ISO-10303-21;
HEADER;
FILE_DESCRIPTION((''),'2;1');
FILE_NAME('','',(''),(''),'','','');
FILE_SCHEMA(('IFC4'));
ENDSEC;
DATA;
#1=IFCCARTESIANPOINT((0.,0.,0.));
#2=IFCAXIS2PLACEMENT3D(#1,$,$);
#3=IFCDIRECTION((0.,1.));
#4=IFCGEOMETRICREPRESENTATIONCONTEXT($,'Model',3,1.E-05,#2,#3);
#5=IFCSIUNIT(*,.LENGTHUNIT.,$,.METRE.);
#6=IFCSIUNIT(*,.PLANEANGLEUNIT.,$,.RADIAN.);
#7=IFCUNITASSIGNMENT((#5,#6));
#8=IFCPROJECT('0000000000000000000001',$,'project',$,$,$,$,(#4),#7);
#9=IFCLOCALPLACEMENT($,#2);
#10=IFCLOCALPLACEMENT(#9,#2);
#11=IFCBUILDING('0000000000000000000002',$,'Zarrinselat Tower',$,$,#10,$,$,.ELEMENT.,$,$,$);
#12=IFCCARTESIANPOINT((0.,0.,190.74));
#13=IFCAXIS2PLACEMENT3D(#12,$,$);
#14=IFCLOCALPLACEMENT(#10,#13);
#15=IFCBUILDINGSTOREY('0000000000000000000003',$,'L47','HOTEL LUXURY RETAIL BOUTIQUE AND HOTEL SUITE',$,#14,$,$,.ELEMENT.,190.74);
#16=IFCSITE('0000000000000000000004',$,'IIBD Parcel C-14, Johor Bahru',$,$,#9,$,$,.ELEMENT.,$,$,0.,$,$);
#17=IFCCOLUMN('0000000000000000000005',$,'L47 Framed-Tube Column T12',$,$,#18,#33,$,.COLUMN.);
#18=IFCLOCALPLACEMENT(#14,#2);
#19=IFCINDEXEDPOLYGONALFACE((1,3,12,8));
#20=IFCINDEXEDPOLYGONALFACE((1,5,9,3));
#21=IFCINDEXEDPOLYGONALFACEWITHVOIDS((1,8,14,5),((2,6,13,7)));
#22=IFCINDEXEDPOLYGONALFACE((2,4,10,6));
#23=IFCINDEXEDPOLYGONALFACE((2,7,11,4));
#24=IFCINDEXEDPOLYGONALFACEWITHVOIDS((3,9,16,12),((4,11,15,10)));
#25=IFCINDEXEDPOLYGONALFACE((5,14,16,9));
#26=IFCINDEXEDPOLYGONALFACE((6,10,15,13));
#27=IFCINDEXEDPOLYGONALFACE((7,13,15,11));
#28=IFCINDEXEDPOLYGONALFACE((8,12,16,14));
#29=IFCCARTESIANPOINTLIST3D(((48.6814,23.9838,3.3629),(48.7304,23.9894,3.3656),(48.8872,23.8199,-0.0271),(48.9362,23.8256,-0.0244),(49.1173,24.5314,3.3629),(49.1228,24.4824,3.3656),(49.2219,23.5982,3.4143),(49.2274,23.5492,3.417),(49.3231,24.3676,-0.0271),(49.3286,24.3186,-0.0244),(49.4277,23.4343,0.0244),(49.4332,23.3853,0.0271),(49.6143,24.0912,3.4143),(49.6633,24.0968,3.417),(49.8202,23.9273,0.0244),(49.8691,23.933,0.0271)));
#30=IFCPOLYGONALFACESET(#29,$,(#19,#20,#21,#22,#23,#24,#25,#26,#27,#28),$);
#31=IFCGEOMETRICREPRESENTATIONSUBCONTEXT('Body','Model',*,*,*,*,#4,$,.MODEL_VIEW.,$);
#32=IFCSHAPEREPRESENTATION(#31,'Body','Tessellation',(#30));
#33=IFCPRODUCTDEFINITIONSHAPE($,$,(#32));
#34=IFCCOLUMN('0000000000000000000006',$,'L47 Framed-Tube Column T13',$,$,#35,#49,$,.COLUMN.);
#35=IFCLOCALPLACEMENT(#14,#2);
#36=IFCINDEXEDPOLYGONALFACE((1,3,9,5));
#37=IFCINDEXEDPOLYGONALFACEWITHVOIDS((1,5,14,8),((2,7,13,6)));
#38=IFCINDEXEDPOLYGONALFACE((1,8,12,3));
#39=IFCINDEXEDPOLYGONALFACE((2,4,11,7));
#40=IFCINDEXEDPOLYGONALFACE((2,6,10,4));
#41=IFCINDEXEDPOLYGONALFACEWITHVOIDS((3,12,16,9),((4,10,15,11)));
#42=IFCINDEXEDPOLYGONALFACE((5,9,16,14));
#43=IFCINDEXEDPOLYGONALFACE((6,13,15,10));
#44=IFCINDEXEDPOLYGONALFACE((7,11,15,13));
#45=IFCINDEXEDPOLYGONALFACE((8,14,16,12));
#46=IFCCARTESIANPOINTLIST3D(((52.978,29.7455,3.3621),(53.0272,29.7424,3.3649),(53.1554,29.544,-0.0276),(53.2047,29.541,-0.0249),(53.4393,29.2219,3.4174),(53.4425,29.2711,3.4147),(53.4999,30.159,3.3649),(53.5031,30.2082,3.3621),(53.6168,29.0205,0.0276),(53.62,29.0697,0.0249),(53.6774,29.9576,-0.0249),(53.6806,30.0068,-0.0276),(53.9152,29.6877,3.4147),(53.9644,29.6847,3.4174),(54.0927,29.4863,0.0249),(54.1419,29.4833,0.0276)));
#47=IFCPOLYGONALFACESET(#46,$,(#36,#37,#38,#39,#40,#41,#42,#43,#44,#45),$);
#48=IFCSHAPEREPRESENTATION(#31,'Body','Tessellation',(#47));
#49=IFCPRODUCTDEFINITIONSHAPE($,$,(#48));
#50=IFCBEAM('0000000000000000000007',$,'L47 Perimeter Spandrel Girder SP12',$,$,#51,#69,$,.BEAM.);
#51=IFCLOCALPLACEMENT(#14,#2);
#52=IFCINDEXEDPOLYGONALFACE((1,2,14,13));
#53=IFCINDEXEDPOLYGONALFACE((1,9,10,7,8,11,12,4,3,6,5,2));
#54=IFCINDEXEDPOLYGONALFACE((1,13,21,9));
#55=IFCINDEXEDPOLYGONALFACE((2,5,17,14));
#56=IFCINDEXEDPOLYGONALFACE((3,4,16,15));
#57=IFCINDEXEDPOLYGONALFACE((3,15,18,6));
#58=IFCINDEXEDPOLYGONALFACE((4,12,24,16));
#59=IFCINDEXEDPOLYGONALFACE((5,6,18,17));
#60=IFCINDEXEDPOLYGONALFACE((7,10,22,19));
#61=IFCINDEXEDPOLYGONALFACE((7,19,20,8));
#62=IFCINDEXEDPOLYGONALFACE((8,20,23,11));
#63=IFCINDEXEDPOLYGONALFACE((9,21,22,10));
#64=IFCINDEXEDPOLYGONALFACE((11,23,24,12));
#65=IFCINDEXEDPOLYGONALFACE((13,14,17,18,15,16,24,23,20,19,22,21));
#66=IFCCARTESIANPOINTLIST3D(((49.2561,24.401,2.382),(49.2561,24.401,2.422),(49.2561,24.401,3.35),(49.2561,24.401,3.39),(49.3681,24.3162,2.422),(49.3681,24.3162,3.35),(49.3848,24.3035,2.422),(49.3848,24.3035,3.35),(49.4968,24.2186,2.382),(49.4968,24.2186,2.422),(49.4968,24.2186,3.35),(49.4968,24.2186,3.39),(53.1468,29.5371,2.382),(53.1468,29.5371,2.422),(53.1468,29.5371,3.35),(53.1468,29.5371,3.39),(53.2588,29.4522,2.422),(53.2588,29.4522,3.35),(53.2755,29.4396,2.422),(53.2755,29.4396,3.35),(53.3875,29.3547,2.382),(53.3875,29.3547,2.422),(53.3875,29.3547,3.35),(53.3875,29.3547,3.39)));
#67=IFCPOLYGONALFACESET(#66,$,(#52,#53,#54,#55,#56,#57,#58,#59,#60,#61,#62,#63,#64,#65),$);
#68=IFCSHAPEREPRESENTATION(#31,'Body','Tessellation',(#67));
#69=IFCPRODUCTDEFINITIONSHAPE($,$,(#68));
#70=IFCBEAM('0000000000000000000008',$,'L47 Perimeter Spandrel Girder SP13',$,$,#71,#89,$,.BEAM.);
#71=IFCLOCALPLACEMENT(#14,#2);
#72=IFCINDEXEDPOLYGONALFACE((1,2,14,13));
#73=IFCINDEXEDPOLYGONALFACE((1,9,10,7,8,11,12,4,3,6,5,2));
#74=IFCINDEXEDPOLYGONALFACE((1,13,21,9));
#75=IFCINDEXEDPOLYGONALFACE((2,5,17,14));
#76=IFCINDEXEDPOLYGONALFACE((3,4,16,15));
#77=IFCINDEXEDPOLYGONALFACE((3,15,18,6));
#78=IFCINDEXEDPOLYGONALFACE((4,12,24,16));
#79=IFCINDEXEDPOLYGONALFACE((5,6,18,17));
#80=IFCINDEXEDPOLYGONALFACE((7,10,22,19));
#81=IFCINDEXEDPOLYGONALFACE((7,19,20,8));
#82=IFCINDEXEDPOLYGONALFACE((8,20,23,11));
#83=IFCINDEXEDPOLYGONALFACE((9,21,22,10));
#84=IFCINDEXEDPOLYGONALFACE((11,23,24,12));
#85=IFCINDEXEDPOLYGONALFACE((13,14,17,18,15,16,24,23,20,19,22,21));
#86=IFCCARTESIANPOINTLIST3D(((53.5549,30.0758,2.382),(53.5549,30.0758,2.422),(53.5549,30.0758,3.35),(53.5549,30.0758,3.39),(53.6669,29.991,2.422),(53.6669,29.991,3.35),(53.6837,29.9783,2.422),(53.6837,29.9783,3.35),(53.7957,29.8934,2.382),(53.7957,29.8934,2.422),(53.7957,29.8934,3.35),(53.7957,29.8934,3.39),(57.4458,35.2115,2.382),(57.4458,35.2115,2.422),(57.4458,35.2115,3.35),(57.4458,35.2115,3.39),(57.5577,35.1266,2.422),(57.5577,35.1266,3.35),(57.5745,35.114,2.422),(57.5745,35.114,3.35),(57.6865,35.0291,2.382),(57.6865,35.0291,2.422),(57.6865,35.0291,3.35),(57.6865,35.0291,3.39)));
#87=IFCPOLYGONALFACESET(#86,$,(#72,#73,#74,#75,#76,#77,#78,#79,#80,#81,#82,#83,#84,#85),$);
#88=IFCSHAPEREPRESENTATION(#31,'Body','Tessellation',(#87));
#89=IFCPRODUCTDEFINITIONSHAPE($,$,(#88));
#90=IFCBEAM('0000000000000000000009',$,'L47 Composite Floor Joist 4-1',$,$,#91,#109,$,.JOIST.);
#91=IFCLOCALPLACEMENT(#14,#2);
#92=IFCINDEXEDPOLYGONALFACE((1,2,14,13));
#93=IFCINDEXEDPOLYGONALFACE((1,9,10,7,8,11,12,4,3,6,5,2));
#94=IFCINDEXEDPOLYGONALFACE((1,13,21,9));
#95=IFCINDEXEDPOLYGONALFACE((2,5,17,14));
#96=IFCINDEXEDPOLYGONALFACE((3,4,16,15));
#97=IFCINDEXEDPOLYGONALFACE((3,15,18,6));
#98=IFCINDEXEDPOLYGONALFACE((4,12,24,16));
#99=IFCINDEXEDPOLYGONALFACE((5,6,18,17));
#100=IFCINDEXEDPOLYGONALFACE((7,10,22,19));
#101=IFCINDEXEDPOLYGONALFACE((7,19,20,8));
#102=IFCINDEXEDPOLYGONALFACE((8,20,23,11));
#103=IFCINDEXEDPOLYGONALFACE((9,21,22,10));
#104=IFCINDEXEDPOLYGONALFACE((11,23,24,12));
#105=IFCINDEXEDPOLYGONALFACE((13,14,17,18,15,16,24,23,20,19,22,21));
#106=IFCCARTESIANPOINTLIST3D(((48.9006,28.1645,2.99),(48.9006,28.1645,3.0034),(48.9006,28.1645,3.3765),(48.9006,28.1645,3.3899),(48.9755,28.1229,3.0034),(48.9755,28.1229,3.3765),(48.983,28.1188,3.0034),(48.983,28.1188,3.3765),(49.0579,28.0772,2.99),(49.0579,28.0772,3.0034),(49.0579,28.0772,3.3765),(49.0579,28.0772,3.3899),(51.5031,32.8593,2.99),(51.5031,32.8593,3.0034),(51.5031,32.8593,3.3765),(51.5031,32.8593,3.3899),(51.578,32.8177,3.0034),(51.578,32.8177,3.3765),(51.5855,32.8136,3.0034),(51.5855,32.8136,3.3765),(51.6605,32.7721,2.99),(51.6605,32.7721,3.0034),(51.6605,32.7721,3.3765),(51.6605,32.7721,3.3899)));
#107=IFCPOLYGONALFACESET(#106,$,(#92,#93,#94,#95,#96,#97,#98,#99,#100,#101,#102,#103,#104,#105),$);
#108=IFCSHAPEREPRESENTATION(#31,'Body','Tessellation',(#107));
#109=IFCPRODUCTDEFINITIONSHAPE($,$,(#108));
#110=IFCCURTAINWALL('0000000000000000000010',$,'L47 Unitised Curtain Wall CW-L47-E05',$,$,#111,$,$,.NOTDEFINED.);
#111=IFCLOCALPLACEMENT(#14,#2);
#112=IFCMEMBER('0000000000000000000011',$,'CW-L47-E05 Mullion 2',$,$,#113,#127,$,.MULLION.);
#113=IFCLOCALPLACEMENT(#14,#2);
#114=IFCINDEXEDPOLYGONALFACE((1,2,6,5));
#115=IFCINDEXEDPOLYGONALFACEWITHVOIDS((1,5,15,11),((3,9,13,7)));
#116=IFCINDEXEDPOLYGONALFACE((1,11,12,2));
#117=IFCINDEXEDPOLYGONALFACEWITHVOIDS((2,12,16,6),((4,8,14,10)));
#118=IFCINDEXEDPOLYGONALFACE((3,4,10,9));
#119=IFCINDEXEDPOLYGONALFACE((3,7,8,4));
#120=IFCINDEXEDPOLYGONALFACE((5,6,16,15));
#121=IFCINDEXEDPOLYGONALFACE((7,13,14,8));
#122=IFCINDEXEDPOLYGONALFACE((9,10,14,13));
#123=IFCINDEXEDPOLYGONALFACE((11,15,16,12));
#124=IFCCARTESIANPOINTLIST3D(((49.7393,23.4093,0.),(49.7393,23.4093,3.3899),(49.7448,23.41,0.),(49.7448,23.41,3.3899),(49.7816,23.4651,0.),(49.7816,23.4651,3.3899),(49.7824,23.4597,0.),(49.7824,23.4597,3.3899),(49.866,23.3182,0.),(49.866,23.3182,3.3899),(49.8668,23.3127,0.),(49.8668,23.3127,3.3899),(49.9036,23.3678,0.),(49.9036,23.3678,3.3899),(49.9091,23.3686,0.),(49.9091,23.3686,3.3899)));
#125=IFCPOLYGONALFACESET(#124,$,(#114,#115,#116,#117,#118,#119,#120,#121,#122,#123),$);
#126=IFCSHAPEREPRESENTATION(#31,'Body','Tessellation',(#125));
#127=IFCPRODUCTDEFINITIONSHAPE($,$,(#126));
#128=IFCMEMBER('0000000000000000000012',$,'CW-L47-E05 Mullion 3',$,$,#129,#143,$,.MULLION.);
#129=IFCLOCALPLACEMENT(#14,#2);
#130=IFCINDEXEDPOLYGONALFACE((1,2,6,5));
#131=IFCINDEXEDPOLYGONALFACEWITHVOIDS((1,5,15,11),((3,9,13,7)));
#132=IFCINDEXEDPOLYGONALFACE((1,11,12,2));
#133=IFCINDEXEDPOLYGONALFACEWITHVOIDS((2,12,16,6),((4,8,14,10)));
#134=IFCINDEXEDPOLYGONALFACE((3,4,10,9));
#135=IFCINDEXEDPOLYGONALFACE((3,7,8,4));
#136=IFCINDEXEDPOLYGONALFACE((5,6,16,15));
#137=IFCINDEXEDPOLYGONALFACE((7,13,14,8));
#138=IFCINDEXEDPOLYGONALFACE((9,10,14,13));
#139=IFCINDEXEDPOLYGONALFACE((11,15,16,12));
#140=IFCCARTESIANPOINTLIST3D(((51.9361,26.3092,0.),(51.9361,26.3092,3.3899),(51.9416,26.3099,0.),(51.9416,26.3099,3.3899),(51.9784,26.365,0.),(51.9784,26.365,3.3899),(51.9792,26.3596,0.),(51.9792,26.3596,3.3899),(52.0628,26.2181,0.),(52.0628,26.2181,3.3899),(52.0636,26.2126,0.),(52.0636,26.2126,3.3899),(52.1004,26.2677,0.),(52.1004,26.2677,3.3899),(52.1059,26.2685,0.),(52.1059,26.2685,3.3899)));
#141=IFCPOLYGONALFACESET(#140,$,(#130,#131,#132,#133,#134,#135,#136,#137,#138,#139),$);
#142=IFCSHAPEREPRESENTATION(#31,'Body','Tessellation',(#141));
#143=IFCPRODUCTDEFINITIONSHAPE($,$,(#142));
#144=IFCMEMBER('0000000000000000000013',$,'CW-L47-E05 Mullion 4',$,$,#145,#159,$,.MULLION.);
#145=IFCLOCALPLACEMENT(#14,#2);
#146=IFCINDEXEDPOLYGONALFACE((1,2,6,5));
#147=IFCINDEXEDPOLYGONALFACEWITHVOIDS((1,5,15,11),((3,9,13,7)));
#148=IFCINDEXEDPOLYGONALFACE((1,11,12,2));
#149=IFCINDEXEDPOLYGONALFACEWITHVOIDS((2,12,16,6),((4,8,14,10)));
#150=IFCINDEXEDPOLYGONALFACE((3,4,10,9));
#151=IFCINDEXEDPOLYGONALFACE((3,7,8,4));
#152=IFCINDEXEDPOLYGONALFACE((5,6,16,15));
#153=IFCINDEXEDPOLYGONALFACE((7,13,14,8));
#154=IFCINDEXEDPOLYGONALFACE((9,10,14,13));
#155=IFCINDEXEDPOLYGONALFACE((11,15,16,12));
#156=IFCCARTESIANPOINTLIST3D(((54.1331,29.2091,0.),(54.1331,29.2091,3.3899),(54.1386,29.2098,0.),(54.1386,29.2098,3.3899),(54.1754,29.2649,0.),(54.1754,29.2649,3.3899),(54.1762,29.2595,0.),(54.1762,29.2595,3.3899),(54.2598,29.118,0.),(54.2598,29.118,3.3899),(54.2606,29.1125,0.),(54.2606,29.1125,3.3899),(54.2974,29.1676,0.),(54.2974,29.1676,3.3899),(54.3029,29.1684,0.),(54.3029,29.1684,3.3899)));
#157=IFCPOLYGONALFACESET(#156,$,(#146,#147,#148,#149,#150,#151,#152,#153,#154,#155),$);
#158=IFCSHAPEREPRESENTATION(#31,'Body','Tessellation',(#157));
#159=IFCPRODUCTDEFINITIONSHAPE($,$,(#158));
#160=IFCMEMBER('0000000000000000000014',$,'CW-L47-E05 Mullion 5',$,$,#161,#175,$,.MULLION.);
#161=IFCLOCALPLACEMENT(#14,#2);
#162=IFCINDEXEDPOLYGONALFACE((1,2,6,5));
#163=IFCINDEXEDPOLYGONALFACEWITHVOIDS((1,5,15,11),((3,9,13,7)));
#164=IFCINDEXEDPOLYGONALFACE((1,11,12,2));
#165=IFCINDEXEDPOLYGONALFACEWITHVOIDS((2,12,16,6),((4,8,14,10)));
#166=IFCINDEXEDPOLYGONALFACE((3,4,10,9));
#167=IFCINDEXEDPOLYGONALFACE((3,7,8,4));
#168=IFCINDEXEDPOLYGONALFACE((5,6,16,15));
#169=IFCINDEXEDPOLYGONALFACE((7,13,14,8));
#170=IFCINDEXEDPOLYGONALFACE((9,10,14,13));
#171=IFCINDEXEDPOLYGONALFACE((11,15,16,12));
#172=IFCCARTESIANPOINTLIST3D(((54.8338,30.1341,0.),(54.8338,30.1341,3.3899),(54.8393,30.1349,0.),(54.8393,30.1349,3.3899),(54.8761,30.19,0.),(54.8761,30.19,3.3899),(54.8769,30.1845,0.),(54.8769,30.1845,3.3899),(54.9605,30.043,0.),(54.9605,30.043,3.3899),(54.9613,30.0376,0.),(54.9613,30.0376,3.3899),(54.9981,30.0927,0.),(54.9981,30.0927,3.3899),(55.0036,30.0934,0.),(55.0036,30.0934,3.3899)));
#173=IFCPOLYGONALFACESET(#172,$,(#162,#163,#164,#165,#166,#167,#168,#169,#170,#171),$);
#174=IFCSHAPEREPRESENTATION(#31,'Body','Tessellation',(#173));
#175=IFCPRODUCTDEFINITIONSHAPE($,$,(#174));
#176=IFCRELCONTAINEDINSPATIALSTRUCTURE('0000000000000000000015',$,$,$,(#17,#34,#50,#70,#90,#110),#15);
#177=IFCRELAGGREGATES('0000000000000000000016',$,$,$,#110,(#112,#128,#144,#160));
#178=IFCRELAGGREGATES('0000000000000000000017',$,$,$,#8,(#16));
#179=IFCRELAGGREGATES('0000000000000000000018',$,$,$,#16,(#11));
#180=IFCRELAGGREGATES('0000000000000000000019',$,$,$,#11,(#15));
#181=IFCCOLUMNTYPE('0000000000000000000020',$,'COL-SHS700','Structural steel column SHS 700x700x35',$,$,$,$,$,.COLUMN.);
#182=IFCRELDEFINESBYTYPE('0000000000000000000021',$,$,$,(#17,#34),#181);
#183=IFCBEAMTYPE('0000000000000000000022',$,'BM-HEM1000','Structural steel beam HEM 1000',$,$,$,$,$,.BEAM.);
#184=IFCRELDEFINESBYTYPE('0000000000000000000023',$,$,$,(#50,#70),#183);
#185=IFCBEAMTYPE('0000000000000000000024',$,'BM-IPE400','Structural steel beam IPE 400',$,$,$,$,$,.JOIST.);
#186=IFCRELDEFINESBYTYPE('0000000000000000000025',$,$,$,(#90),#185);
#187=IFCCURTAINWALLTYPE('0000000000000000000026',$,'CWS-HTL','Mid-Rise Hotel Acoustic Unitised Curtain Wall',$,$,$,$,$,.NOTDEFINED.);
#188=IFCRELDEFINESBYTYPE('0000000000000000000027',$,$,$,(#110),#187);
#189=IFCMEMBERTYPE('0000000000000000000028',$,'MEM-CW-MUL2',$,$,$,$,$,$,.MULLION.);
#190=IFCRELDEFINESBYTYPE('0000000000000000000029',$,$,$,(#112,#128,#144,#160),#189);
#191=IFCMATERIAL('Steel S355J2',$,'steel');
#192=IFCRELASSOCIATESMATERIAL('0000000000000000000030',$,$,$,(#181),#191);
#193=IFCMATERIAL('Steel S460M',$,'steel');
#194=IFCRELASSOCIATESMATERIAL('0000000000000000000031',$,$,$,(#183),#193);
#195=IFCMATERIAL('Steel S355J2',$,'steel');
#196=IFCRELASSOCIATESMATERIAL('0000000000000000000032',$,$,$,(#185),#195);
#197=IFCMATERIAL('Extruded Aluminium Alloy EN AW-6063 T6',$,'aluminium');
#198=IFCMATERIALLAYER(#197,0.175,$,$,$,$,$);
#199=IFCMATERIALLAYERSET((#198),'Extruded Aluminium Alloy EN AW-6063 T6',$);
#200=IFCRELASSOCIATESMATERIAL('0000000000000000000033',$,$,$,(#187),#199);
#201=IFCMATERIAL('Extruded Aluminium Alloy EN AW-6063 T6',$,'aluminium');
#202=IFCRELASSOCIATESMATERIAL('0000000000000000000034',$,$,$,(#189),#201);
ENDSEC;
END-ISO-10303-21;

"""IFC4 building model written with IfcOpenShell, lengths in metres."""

from ifc_helpers import new_model, si_unit, direction, frame, origin, origin_2d, place, context, subcontext, project, spatial, hollow_rectangle, i_section, extrude, material, layer, layer_set, material_profile, profile_set, type_object, element, aggregate, save


model = new_model("IFC4")

# Units and contexts
model_context = context("Model", 3, precision=1e-05, world=origin(), true_north=direction((0.0, 1.0)))
body_context = subcontext(model_context, "Body", "Model", "MODEL_VIEW")
ifc_project = project(units=[si_unit("LENGTHUNIT", "METRE"), si_unit("PLANEANGLEUNIT", "RADIAN")], contexts=[model_context])

# Site, building, storey
site_placement = place(None, origin())
site = spatial("IfcSite", under=ifc_project, at=site_placement, Name="IIBD Parcel C-14, Johor Bahru", CompositionType="ELEMENT", RefElevation=0.0)
building_placement = place(site_placement, origin())
building = spatial("IfcBuilding", under=site, at=building_placement, Name="Zarrinselat Tower", CompositionType="ELEMENT")
storey_placement = place(building_placement, frame((0.0, 0.0, 190.74)))
storey = spatial("IfcBuildingStorey", under=building, at=storey_placement, Name="L47", Description="HOTEL LUXURY RETAIL BOUTIQUE AND HOTEL SUITE", CompositionType="ELEMENT", Elevation=190.74)

# Columns
ifc_material_1 = material(Name="Steel S355J2", Category="steel")
ifc_material_profile_1 = material_profile(ifc_material_1, hollow_rectangle(XDim=0.7, YDim=0.7, WallThickness=0.0349, at=origin_2d()), Name="SHS 700x700x35")
ifc_profile_set_1 = profile_set([ifc_material_profile_1], Name="Steel S355J2")
column_type = type_object("IfcColumnType", Name="COL-SHS700", Description="Structural steel column SHS 700x700x35", PredefinedType="COLUMN", material=ifc_profile_set_1)
column_1_placement = place(storey_placement, frame((49.3782, 23.8765, 0.0), z_axis=(-0.060531, 0.048181, 0.997003), x_axis=(-0.622769, -0.782406, 0.0)))
element("IfcColumn", 1, at=column_1_placement, inside=storey, type_object=column_type, Name="L47 Framed-Tube Column T12", PredefinedType="COLUMN", context=body_context, shape_type="SweptSolid", body=[
    extrude(hollow_rectangle(XDim=0.7, YDim=0.7, WallThickness=0.0349, at=origin_2d()), origin(), (0.0, 0.0, 1.0), 3.4001),
])
column_2_placement = place(storey_placement, frame((53.6487, 29.5137, 0.0), z_axis=(-0.052195, 0.059231, 0.996879), x_axis=(-0.750262, -0.66114, 0.0)))
element("IfcColumn", 2, at=column_2_placement, inside=storey, type_object=column_type, Name="L47 Framed-Tube Column T13", PredefinedType="COLUMN", context=body_context, shape_type="SweptSolid", body=[
    extrude(hollow_rectangle(XDim=0.7, YDim=0.7, WallThickness=0.0349, at=origin_2d()), origin(), (0.0, 0.0, 1.0), 3.4004),
])

# Beams
ifc_material_2 = material(Name="Steel S460M", Category="steel")
ifc_material_profile_2 = material_profile(ifc_material_2, i_section(OverallWidth=0.302, OverallDepth=1.0081, WebThickness=0.021, FlangeThickness=0.04, at=origin_2d()), Name="HEM 1000")
ifc_profile_set_2 = profile_set([ifc_material_profile_2], Name="Steel S460M")
beam_type_1 = type_object("IfcBeamType", Name="BM-HEM1000", Description="Structural steel beam HEM 1000", PredefinedType="BEAM", material=ifc_profile_set_2)
beam_1_placement = place(storey_placement, frame((49.3765, 24.3098, 2.886), z_axis=(0.603831, 0.797113, 0.0), x_axis=(-0.797113, 0.603831, 0.0)))
element("IfcBeam", 3, at=beam_1_placement, inside=storey, type_object=beam_type_1, Name="L47 Perimeter Spandrel Girder SP12", PredefinedType="BEAM", context=body_context, shape_type="SweptSolid", body=[
    extrude(i_section(OverallWidth=0.302, OverallDepth=1.0081, WebThickness=0.021, FlangeThickness=0.04, at=origin_2d()), origin(), (0.0, 0.0, 1.0), 6.4434),
])
beam_2_placement = place(storey_placement, frame((53.6753, 29.9846, 2.886), z_axis=(0.603873, 0.797081, 0.0), x_axis=(-0.797081, 0.603873, 0.0)))
element("IfcBeam", 4, at=beam_2_placement, inside=storey, type_object=beam_type_1, Name="L47 Perimeter Spandrel Girder SP13", PredefinedType="BEAM", context=body_context, shape_type="SweptSolid", body=[
    extrude(i_section(OverallWidth=0.302, OverallDepth=1.0081, WebThickness=0.021, FlangeThickness=0.04, at=origin_2d()), origin(), (0.0, 0.0, 1.0), 6.4431),
])
ifc_material_3 = material(Name="Steel S355J2", Category="steel")
ifc_material_profile_3 = material_profile(ifc_material_3, i_section(OverallWidth=0.1799, OverallDepth=0.3999, WebThickness=0.0085, FlangeThickness=0.0134, at=origin_2d()), Name="IPE 400")
ifc_profile_set_3 = profile_set([ifc_material_profile_3], Name="Steel S355J2")
beam_type_2 = type_object("IfcBeamType", Name="BM-IPE400", Description="Structural steel beam IPE 400", PredefinedType="JOIST", material=ifc_profile_set_3)
beam_3_placement = place(storey_placement, frame((48.9792, 28.1208, 3.1899), z_axis=(0.484832, 0.874607, 0.0), x_axis=(-0.874607, 0.484832, 0.0)))
element("IfcBeam", 5, at=beam_3_placement, inside=storey, type_object=beam_type_2, Name="L47 Composite Floor Joist 4-1", PredefinedType="JOIST", context=body_context, shape_type="SweptSolid", body=[
    extrude(i_section(OverallWidth=0.1799, OverallDepth=0.3999, WebThickness=0.0085, FlangeThickness=0.0134, at=origin_2d()), origin(), (0.0, 0.0, 1.0), 5.3679),
])

# Curtain wall, members
ifc_material_4 = material(Name="Extruded Aluminium Alloy EN AW-6063 T6", Category="aluminium")
ifc_layer_1 = layer(ifc_material_4, 0.175)
ifc_layer_set_1 = layer_set([ifc_layer_1], Name="Extruded Aluminium Alloy EN AW-6063 T6")
curtain_wall_type = type_object("IfcCurtainWallType", Name="CWS-HTL", Description="Mid-Rise Hotel Acoustic Unitised Curtain Wall", PredefinedType="NOTDEFINED", material=ifc_layer_set_1)
curtain_wall_placement = place(storey_placement, origin())
curtain_wall = element("IfcCurtainWall", 6, at=curtain_wall_placement, inside=storey, type_object=curtain_wall_type, Name="L47 Unitised Curtain Wall CW-L47-E05", PredefinedType="NOTDEFINED")
ifc_material_5 = material(Name="Extruded Aluminium Alloy EN AW-6063 T6", Category="aluminium")
ifc_material_profile_4 = material_profile(ifc_material_5, hollow_rectangle(XDim=0.0701, YDim=0.1599, WallThickness=0.0039, at=origin_2d()), Name="RHS 160x70x4")
ifc_profile_set_4 = profile_set([ifc_material_profile_4], Name="Extruded Aluminium Alloy EN AW-6063 T6")
member_type_1 = type_object("IfcMemberType", Name="MEM-CW-MUL2", PredefinedType="MULLION", material=ifc_profile_set_4)
member_1_placement = place(storey_placement, frame((49.8242, 23.3889, 0.0), z_axis=(0.0, 0.0, 1.0), x_axis=(0.603857, 0.797093, 0.0)))
member_1 = element("IfcMember", 7, at=member_1_placement, type_object=member_type_1, Name="CW-L47-E05 Mullion 2", PredefinedType="MULLION", context=body_context, shape_type="SweptSolid", body=[
    extrude(hollow_rectangle(XDim=0.0701, YDim=0.1599, WallThickness=0.0039, at=origin_2d()), origin(), (0.0, 0.0, 1.0), 3.3899),
])
member_2_placement = place(storey_placement, frame((52.021, 26.2888, 0.0), z_axis=(0.0, 0.0, 1.0), x_axis=(0.603857, 0.797093, 0.0)))
member_2 = element("IfcMember", 8, at=member_2_placement, type_object=member_type_1, Name="CW-L47-E05 Mullion 3", PredefinedType="MULLION", context=body_context, shape_type="SweptSolid", body=[
    extrude(hollow_rectangle(XDim=0.0701, YDim=0.1599, WallThickness=0.0039, at=origin_2d()), origin(), (0.0, 0.0, 1.0), 3.3899),
])
member_3_placement = place(storey_placement, frame((54.218, 29.1887, 0.0), z_axis=(0.0, 0.0, 1.0), x_axis=(0.603857, 0.797093, 0.0)))
member_3 = element("IfcMember", 9, at=member_3_placement, type_object=member_type_1, Name="CW-L47-E05 Mullion 4", PredefinedType="MULLION", context=body_context, shape_type="SweptSolid", body=[
    extrude(hollow_rectangle(XDim=0.0701, YDim=0.1599, WallThickness=0.0039, at=origin_2d()), origin(), (0.0, 0.0, 1.0), 3.3899),
])
member_4_placement = place(storey_placement, frame((54.9187, 30.1138, 0.0), z_axis=(0.0, 0.0, 1.0), x_axis=(0.603857, 0.797093, 0.0)))
member_4 = element("IfcMember", 10, at=member_4_placement, type_object=member_type_1, Name="CW-L47-E05 Mullion 5", PredefinedType="MULLION", context=body_context, shape_type="SweptSolid", body=[
    extrude(hollow_rectangle(XDim=0.0701, YDim=0.1599, WallThickness=0.0039, at=origin_2d()), origin(), (0.0, 0.0, 1.0), 3.3899),
])
aggregate(curtain_wall, [member_1, member_2, member_3, member_4])

save(model, "model.ifc")
